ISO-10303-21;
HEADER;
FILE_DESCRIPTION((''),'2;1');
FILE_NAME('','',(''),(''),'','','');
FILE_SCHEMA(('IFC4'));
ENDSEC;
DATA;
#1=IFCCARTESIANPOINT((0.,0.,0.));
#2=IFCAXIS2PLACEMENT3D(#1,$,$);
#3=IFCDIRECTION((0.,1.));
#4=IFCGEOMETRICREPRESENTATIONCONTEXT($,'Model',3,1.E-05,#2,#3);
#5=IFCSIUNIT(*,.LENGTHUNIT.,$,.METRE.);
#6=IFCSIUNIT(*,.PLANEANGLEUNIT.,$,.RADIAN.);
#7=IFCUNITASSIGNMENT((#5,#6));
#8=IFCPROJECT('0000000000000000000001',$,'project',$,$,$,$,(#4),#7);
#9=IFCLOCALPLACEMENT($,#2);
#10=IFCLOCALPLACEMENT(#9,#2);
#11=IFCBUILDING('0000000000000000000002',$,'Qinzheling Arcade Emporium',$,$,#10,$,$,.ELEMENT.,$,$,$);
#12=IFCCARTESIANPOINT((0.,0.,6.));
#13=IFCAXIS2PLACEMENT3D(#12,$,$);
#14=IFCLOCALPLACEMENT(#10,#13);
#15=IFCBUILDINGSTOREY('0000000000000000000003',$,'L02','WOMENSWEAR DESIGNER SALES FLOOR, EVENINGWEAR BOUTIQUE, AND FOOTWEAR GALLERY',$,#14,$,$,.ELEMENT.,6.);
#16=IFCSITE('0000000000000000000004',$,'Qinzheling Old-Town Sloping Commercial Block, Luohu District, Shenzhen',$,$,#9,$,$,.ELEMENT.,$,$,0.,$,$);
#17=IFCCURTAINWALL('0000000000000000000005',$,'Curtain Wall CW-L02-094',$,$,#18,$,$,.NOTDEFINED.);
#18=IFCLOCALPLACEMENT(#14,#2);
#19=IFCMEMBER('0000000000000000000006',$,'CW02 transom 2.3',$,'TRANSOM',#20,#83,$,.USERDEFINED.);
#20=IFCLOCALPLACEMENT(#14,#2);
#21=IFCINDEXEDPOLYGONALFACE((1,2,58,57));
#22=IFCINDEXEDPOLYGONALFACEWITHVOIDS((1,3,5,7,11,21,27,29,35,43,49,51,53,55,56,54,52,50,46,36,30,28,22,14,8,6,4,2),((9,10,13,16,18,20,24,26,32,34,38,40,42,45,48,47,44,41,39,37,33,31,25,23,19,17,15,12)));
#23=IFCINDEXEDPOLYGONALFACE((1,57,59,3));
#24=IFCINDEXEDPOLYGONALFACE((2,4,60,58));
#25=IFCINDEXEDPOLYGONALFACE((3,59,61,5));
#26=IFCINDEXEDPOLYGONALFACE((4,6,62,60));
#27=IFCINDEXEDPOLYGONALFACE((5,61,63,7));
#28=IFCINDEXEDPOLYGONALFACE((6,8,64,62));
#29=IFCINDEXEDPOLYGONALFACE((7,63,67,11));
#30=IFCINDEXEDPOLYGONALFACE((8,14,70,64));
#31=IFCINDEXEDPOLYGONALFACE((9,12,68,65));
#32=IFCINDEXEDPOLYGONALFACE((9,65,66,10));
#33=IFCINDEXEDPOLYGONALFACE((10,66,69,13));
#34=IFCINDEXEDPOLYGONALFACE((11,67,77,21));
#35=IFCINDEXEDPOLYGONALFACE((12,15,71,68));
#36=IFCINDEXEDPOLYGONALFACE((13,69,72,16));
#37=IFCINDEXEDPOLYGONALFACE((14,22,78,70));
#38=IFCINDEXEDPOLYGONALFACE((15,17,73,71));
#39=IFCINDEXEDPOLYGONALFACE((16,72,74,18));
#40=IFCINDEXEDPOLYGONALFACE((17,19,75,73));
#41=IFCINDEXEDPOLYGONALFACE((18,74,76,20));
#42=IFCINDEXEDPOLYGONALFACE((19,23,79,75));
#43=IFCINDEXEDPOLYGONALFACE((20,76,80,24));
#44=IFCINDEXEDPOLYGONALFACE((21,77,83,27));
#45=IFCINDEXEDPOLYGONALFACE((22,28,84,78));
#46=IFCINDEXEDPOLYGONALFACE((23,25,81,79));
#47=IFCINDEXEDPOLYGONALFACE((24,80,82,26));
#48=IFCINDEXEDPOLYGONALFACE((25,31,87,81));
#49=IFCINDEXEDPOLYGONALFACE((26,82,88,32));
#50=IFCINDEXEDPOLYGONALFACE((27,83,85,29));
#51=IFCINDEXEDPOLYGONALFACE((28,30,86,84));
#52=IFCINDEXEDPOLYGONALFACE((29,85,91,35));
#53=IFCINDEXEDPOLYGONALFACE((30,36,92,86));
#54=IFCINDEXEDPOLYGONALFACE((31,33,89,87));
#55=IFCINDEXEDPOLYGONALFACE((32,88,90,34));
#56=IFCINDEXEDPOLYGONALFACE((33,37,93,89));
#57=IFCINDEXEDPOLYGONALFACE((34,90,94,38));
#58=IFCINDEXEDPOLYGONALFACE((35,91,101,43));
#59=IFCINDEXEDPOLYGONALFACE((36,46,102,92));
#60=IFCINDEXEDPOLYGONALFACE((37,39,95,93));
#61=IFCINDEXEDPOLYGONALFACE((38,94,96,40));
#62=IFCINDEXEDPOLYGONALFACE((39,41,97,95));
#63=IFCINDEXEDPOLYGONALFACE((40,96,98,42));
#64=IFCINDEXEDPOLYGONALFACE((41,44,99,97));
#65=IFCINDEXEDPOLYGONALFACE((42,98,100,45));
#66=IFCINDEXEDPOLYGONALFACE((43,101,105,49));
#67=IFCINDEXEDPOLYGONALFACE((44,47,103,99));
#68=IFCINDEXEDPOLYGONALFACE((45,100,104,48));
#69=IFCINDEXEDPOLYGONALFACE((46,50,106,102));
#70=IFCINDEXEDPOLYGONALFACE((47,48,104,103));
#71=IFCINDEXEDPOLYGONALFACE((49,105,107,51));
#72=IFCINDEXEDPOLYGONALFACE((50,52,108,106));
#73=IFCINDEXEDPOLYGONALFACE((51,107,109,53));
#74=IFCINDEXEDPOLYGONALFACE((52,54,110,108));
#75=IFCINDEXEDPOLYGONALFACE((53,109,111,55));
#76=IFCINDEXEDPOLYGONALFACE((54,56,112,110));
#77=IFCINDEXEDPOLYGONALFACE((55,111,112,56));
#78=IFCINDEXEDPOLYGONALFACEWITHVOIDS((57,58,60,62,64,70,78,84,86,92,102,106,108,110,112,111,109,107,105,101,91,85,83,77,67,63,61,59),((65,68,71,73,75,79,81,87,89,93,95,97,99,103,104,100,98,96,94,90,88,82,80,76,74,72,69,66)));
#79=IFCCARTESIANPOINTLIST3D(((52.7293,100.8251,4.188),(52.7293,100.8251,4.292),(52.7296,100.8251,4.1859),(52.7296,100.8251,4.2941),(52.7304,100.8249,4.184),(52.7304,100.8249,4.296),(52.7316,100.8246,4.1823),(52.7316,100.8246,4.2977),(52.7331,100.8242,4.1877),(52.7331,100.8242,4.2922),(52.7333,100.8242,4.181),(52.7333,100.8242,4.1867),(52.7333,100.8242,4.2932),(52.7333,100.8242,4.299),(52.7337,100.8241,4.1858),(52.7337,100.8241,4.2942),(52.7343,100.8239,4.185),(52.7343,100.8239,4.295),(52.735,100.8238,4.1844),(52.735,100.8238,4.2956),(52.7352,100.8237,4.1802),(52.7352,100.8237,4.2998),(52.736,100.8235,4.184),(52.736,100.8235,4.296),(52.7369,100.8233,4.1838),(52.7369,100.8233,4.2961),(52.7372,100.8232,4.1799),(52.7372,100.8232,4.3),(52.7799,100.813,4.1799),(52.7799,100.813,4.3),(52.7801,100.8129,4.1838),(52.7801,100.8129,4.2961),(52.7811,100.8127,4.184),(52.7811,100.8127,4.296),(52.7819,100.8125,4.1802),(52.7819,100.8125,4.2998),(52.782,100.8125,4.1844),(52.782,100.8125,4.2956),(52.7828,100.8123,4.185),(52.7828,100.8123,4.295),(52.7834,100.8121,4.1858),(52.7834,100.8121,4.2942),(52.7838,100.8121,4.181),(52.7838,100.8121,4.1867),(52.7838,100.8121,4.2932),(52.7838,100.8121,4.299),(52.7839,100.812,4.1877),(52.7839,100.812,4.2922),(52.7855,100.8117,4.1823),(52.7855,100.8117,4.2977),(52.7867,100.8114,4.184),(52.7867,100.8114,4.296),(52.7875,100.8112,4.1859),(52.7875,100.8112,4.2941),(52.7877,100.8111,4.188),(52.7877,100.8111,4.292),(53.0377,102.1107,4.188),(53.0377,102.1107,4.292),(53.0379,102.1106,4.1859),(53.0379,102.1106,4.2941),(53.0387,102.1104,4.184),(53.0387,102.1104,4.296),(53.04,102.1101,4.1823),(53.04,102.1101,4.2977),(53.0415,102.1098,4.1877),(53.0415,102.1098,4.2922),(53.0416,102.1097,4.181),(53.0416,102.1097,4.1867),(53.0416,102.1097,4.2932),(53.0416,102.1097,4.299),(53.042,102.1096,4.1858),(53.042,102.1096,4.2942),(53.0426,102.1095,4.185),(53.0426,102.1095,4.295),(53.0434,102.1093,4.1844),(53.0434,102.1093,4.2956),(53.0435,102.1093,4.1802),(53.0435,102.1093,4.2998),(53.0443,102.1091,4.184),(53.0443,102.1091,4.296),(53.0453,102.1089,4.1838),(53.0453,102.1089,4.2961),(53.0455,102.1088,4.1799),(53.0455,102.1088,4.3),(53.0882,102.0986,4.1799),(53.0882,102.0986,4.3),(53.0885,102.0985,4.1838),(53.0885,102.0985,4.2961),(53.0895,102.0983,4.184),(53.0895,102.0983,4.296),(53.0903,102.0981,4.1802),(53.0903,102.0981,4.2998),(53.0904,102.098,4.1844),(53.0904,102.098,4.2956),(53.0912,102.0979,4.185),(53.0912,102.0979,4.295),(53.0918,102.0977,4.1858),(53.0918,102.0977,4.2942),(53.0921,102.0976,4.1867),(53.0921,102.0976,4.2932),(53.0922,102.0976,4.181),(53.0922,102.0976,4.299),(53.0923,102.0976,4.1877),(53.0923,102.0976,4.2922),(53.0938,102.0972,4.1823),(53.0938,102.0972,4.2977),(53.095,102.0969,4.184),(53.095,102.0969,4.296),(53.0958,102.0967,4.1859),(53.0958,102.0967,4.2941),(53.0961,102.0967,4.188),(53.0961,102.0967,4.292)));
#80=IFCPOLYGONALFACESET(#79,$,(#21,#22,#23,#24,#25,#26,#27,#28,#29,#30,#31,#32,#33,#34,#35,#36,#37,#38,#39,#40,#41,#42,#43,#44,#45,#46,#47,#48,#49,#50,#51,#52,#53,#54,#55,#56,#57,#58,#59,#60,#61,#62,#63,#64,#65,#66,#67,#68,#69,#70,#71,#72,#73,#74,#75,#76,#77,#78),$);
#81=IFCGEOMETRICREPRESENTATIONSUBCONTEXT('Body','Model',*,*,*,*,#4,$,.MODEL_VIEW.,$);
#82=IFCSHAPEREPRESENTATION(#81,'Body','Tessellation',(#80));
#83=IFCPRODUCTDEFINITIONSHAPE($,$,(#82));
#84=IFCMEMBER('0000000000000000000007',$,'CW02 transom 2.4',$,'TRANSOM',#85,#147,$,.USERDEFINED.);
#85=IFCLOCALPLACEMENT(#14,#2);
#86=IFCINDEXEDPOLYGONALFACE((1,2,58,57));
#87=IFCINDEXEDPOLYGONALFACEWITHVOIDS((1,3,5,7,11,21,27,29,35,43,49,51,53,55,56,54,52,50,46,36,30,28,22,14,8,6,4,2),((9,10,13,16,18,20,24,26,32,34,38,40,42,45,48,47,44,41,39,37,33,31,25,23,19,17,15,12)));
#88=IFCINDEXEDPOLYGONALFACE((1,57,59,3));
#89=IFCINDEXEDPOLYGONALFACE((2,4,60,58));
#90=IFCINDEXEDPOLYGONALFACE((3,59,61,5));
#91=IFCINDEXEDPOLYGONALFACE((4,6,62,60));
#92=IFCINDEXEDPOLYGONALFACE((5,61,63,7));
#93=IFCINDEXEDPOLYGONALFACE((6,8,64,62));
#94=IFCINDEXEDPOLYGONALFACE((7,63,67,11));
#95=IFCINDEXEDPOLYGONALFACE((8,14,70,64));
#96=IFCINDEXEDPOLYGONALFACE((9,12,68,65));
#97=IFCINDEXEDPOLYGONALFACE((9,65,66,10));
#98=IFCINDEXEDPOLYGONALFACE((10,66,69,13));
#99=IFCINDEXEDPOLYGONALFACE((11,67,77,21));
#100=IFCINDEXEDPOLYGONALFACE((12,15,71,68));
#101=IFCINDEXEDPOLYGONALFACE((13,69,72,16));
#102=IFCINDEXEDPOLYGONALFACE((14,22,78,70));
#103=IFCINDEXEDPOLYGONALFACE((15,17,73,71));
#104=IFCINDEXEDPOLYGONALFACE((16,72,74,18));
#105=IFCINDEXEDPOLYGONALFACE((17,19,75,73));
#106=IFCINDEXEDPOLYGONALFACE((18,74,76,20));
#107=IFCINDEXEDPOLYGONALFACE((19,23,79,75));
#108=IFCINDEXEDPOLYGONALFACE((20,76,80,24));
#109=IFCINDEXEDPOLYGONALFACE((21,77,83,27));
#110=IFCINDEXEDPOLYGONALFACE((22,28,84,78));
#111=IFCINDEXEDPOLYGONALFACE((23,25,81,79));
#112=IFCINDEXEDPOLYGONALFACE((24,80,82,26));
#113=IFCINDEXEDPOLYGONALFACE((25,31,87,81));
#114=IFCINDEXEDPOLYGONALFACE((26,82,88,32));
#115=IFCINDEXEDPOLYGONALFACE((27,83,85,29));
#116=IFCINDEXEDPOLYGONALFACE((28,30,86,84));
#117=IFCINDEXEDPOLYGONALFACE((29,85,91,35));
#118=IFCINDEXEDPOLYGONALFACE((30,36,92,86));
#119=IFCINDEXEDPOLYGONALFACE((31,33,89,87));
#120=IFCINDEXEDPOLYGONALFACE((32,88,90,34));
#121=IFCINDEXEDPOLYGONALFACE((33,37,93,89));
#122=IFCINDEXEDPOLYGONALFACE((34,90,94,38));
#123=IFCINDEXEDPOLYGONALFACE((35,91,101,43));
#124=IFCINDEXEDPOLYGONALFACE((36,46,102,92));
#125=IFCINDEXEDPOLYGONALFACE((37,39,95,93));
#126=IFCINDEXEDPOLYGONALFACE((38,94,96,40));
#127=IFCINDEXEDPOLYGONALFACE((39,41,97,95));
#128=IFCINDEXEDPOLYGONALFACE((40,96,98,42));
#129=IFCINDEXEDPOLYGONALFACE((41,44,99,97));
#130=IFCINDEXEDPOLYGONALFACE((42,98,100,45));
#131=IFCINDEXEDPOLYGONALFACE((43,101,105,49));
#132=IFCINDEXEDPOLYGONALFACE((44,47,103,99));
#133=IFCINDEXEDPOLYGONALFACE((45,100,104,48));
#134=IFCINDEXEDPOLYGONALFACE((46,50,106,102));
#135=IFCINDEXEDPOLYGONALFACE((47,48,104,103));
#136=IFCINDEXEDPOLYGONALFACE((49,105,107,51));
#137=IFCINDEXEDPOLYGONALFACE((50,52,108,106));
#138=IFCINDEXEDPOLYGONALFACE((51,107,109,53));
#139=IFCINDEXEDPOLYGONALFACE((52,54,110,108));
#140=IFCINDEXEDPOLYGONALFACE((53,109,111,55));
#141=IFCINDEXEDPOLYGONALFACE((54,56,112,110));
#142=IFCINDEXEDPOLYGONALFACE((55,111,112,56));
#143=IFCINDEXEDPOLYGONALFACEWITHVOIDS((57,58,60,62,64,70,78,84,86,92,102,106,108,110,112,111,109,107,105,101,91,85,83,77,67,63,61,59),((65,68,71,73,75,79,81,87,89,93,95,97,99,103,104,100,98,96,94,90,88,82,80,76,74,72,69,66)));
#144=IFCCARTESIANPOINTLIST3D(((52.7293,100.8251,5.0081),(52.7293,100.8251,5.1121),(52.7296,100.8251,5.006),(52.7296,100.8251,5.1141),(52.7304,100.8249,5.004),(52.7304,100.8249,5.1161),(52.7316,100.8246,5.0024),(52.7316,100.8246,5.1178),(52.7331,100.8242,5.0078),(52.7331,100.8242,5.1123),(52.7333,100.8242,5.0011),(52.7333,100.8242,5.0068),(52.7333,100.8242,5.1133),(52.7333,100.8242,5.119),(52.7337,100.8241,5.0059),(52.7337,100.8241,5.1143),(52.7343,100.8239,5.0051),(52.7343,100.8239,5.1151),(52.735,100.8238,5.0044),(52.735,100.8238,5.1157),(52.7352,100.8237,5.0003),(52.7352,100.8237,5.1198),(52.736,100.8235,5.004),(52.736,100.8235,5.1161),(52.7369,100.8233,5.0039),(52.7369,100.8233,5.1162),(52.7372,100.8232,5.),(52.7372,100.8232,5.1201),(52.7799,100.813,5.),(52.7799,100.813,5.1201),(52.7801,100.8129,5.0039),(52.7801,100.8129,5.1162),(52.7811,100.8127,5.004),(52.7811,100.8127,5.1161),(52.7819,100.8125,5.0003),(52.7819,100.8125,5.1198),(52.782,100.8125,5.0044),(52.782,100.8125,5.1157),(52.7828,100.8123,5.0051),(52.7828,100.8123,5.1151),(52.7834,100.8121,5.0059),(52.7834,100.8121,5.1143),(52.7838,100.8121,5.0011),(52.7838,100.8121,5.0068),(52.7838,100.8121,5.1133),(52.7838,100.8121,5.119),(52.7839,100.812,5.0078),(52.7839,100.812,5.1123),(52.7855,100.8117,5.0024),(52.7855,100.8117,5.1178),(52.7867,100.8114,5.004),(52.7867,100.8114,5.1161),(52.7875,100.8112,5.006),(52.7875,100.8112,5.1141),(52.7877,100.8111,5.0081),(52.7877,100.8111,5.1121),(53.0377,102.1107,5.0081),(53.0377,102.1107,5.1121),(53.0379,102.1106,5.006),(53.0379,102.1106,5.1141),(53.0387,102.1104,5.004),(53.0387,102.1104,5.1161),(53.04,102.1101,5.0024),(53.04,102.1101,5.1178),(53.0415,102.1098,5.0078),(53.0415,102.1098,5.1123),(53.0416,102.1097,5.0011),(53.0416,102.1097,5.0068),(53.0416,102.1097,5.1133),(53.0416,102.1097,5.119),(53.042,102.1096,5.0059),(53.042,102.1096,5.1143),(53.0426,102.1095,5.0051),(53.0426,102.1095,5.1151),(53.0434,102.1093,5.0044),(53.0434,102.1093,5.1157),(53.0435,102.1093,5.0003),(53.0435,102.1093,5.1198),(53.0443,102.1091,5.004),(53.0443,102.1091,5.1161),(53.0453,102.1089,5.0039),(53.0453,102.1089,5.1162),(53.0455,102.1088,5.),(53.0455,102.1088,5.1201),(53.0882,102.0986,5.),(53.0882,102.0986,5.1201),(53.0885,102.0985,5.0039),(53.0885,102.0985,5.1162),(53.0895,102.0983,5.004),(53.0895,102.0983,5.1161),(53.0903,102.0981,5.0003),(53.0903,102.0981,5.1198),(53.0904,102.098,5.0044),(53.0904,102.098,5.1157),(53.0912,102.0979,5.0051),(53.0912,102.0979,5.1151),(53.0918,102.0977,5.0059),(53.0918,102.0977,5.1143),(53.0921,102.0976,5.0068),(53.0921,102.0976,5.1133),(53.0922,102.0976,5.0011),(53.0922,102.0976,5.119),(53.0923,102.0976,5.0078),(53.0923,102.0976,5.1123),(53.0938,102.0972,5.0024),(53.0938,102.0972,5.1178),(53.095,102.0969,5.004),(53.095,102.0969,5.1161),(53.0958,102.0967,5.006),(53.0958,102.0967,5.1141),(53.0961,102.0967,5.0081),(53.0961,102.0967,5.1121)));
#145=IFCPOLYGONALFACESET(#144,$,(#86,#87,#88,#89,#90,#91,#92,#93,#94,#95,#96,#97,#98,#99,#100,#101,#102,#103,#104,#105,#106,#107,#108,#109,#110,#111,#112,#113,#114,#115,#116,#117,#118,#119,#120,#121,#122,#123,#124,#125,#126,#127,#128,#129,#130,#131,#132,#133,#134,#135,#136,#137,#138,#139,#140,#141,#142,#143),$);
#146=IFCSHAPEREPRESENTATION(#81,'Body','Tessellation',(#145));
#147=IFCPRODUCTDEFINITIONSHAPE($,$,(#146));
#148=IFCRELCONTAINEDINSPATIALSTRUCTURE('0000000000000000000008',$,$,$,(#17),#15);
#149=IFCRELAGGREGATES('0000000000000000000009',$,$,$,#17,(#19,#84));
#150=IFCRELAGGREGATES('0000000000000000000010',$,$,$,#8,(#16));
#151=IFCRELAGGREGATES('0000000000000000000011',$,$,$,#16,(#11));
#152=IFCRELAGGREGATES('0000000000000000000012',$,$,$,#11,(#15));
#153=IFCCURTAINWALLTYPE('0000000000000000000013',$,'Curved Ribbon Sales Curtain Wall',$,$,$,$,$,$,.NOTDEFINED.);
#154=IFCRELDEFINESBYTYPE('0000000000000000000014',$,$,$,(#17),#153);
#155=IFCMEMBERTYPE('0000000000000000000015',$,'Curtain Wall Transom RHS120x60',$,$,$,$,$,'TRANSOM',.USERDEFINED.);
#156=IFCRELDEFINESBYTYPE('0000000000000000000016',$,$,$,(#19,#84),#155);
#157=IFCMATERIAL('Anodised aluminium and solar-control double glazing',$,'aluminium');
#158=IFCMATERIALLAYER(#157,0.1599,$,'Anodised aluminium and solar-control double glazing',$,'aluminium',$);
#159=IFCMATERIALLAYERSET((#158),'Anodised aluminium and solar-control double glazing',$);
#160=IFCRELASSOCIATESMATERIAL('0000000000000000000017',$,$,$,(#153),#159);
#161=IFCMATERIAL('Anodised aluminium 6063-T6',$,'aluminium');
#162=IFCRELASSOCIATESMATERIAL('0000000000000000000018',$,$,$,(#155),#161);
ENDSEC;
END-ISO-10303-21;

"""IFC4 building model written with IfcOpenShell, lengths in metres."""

from ifc_helpers import new_model, si_unit, direction, frame, origin, origin_2d, place, context, subcontext, project, spatial, hollow_rectangle, extrude, material, layer, layer_set, material_profile, profile_set, type_object, element, aggregate, save


model = new_model("IFC4")

# Units and contexts
model_context = context("Model", 3, precision=1e-05, world=origin(), true_north=direction((0.0, 1.0)))
body_context = subcontext(model_context, "Body", "Model", "MODEL_VIEW")
ifc_project = project(units=[si_unit("LENGTHUNIT", "METRE"), si_unit("PLANEANGLEUNIT", "RADIAN")], contexts=[model_context])

# Site, building, storey
site_placement = place(None, origin())
site = spatial("IfcSite", under=ifc_project, at=site_placement, Name="Qinzheling Old-Town Sloping Commercial Block, Luohu District, Shenzhen", CompositionType="ELEMENT", RefElevation=0.0)
building_placement = place(site_placement, origin())
building = spatial("IfcBuilding", under=site, at=building_placement, Name="Qinzheling Arcade Emporium", CompositionType="ELEMENT")
storey_placement = place(building_placement, frame((0.0, 0.0, 6.0)))
storey = spatial("IfcBuildingStorey", under=building, at=storey_placement, Name="L02", Description="WOMENSWEAR DESIGNER SALES FLOOR, EVENINGWEAR BOUTIQUE, AND FOOTWEAR GALLERY", CompositionType="ELEMENT", Elevation=6.0)

# Curtain wall
ifc_material_1 = material(Name="Anodised aluminium and solar-control double glazing", Category="aluminium")
ifc_layer_1 = layer(ifc_material_1, 0.1599, Name="Anodised aluminium and solar-control double glazing", Category="aluminium")
ifc_layer_set_1 = layer_set([ifc_layer_1], Name="Anodised aluminium and solar-control double glazing")
curtain_wall_type = type_object("IfcCurtainWallType", Name="Curved Ribbon Sales Curtain Wall", PredefinedType="NOTDEFINED", material=ifc_layer_set_1)
curtain_wall_1_placement = place(storey_placement, origin())
curtain_wall_1 = element("IfcCurtainWall", 1, at=curtain_wall_1_placement, inside=storey, type_object=curtain_wall_type, Name="Curtain Wall CW-L02-094", PredefinedType="NOTDEFINED")
ifc_material_2 = material(Name="Anodised aluminium 6063-T6", Category="aluminium")

# Members
ifc_material_profile_1 = material_profile(ifc_material_2, hollow_rectangle(XDim=0.0601, YDim=0.1201, WallThickness=0.0039, InnerFilletRadius=0.0039, OuterFilletRadius=0.0081, at=origin_2d()), Name="RHS 120x60x4", Category="aluminium")
ifc_profile_set_1 = profile_set([ifc_material_profile_1], Name="Anodised aluminium 6063-T6")
member_type_1 = type_object("IfcMemberType", Name="Curtain Wall Transom RHS120x60", ElementType="TRANSOM", PredefinedType="USERDEFINED", material=ifc_profile_set_1)
member_1_placement = place(storey_placement, frame((52.7585, 100.8181, 4.24), z_axis=(0.233226, 0.972422, 0.0), x_axis=(-0.972422, 0.233226, 0.0)))
member_1 = element("IfcMember", 2, at=member_1_placement, type_object=member_type_1, Name="CW02 transom 2.3", ObjectType="TRANSOM", PredefinedType="USERDEFINED", context=body_context, shape_type="SweptSolid", body=[
    extrude(hollow_rectangle(XDim=0.0601, YDim=0.1201, WallThickness=0.0039, InnerFilletRadius=0.0039, OuterFilletRadius=0.0081, at=origin_2d()), origin(), (0.0, 0.0, 1.0), 1.322),
])
member_2_placement = place(storey_placement, frame((52.7585, 100.8181, 5.0601), z_axis=(0.233226, 0.972422, 0.0), x_axis=(-0.972422, 0.233226, 0.0)))
member_2 = element("IfcMember", 3, at=member_2_placement, type_object=member_type_1, Name="CW02 transom 2.4", ObjectType="TRANSOM", PredefinedType="USERDEFINED", context=body_context, shape_type="SweptSolid", body=[
    extrude(hollow_rectangle(XDim=0.0601, YDim=0.1201, WallThickness=0.0039, InnerFilletRadius=0.0039, OuterFilletRadius=0.0081, at=origin_2d()), origin(), (0.0, 0.0, 1.0), 1.322),
])

aggregate(curtain_wall_1, [member_1, member_2])

save(model, "model.ifc")
